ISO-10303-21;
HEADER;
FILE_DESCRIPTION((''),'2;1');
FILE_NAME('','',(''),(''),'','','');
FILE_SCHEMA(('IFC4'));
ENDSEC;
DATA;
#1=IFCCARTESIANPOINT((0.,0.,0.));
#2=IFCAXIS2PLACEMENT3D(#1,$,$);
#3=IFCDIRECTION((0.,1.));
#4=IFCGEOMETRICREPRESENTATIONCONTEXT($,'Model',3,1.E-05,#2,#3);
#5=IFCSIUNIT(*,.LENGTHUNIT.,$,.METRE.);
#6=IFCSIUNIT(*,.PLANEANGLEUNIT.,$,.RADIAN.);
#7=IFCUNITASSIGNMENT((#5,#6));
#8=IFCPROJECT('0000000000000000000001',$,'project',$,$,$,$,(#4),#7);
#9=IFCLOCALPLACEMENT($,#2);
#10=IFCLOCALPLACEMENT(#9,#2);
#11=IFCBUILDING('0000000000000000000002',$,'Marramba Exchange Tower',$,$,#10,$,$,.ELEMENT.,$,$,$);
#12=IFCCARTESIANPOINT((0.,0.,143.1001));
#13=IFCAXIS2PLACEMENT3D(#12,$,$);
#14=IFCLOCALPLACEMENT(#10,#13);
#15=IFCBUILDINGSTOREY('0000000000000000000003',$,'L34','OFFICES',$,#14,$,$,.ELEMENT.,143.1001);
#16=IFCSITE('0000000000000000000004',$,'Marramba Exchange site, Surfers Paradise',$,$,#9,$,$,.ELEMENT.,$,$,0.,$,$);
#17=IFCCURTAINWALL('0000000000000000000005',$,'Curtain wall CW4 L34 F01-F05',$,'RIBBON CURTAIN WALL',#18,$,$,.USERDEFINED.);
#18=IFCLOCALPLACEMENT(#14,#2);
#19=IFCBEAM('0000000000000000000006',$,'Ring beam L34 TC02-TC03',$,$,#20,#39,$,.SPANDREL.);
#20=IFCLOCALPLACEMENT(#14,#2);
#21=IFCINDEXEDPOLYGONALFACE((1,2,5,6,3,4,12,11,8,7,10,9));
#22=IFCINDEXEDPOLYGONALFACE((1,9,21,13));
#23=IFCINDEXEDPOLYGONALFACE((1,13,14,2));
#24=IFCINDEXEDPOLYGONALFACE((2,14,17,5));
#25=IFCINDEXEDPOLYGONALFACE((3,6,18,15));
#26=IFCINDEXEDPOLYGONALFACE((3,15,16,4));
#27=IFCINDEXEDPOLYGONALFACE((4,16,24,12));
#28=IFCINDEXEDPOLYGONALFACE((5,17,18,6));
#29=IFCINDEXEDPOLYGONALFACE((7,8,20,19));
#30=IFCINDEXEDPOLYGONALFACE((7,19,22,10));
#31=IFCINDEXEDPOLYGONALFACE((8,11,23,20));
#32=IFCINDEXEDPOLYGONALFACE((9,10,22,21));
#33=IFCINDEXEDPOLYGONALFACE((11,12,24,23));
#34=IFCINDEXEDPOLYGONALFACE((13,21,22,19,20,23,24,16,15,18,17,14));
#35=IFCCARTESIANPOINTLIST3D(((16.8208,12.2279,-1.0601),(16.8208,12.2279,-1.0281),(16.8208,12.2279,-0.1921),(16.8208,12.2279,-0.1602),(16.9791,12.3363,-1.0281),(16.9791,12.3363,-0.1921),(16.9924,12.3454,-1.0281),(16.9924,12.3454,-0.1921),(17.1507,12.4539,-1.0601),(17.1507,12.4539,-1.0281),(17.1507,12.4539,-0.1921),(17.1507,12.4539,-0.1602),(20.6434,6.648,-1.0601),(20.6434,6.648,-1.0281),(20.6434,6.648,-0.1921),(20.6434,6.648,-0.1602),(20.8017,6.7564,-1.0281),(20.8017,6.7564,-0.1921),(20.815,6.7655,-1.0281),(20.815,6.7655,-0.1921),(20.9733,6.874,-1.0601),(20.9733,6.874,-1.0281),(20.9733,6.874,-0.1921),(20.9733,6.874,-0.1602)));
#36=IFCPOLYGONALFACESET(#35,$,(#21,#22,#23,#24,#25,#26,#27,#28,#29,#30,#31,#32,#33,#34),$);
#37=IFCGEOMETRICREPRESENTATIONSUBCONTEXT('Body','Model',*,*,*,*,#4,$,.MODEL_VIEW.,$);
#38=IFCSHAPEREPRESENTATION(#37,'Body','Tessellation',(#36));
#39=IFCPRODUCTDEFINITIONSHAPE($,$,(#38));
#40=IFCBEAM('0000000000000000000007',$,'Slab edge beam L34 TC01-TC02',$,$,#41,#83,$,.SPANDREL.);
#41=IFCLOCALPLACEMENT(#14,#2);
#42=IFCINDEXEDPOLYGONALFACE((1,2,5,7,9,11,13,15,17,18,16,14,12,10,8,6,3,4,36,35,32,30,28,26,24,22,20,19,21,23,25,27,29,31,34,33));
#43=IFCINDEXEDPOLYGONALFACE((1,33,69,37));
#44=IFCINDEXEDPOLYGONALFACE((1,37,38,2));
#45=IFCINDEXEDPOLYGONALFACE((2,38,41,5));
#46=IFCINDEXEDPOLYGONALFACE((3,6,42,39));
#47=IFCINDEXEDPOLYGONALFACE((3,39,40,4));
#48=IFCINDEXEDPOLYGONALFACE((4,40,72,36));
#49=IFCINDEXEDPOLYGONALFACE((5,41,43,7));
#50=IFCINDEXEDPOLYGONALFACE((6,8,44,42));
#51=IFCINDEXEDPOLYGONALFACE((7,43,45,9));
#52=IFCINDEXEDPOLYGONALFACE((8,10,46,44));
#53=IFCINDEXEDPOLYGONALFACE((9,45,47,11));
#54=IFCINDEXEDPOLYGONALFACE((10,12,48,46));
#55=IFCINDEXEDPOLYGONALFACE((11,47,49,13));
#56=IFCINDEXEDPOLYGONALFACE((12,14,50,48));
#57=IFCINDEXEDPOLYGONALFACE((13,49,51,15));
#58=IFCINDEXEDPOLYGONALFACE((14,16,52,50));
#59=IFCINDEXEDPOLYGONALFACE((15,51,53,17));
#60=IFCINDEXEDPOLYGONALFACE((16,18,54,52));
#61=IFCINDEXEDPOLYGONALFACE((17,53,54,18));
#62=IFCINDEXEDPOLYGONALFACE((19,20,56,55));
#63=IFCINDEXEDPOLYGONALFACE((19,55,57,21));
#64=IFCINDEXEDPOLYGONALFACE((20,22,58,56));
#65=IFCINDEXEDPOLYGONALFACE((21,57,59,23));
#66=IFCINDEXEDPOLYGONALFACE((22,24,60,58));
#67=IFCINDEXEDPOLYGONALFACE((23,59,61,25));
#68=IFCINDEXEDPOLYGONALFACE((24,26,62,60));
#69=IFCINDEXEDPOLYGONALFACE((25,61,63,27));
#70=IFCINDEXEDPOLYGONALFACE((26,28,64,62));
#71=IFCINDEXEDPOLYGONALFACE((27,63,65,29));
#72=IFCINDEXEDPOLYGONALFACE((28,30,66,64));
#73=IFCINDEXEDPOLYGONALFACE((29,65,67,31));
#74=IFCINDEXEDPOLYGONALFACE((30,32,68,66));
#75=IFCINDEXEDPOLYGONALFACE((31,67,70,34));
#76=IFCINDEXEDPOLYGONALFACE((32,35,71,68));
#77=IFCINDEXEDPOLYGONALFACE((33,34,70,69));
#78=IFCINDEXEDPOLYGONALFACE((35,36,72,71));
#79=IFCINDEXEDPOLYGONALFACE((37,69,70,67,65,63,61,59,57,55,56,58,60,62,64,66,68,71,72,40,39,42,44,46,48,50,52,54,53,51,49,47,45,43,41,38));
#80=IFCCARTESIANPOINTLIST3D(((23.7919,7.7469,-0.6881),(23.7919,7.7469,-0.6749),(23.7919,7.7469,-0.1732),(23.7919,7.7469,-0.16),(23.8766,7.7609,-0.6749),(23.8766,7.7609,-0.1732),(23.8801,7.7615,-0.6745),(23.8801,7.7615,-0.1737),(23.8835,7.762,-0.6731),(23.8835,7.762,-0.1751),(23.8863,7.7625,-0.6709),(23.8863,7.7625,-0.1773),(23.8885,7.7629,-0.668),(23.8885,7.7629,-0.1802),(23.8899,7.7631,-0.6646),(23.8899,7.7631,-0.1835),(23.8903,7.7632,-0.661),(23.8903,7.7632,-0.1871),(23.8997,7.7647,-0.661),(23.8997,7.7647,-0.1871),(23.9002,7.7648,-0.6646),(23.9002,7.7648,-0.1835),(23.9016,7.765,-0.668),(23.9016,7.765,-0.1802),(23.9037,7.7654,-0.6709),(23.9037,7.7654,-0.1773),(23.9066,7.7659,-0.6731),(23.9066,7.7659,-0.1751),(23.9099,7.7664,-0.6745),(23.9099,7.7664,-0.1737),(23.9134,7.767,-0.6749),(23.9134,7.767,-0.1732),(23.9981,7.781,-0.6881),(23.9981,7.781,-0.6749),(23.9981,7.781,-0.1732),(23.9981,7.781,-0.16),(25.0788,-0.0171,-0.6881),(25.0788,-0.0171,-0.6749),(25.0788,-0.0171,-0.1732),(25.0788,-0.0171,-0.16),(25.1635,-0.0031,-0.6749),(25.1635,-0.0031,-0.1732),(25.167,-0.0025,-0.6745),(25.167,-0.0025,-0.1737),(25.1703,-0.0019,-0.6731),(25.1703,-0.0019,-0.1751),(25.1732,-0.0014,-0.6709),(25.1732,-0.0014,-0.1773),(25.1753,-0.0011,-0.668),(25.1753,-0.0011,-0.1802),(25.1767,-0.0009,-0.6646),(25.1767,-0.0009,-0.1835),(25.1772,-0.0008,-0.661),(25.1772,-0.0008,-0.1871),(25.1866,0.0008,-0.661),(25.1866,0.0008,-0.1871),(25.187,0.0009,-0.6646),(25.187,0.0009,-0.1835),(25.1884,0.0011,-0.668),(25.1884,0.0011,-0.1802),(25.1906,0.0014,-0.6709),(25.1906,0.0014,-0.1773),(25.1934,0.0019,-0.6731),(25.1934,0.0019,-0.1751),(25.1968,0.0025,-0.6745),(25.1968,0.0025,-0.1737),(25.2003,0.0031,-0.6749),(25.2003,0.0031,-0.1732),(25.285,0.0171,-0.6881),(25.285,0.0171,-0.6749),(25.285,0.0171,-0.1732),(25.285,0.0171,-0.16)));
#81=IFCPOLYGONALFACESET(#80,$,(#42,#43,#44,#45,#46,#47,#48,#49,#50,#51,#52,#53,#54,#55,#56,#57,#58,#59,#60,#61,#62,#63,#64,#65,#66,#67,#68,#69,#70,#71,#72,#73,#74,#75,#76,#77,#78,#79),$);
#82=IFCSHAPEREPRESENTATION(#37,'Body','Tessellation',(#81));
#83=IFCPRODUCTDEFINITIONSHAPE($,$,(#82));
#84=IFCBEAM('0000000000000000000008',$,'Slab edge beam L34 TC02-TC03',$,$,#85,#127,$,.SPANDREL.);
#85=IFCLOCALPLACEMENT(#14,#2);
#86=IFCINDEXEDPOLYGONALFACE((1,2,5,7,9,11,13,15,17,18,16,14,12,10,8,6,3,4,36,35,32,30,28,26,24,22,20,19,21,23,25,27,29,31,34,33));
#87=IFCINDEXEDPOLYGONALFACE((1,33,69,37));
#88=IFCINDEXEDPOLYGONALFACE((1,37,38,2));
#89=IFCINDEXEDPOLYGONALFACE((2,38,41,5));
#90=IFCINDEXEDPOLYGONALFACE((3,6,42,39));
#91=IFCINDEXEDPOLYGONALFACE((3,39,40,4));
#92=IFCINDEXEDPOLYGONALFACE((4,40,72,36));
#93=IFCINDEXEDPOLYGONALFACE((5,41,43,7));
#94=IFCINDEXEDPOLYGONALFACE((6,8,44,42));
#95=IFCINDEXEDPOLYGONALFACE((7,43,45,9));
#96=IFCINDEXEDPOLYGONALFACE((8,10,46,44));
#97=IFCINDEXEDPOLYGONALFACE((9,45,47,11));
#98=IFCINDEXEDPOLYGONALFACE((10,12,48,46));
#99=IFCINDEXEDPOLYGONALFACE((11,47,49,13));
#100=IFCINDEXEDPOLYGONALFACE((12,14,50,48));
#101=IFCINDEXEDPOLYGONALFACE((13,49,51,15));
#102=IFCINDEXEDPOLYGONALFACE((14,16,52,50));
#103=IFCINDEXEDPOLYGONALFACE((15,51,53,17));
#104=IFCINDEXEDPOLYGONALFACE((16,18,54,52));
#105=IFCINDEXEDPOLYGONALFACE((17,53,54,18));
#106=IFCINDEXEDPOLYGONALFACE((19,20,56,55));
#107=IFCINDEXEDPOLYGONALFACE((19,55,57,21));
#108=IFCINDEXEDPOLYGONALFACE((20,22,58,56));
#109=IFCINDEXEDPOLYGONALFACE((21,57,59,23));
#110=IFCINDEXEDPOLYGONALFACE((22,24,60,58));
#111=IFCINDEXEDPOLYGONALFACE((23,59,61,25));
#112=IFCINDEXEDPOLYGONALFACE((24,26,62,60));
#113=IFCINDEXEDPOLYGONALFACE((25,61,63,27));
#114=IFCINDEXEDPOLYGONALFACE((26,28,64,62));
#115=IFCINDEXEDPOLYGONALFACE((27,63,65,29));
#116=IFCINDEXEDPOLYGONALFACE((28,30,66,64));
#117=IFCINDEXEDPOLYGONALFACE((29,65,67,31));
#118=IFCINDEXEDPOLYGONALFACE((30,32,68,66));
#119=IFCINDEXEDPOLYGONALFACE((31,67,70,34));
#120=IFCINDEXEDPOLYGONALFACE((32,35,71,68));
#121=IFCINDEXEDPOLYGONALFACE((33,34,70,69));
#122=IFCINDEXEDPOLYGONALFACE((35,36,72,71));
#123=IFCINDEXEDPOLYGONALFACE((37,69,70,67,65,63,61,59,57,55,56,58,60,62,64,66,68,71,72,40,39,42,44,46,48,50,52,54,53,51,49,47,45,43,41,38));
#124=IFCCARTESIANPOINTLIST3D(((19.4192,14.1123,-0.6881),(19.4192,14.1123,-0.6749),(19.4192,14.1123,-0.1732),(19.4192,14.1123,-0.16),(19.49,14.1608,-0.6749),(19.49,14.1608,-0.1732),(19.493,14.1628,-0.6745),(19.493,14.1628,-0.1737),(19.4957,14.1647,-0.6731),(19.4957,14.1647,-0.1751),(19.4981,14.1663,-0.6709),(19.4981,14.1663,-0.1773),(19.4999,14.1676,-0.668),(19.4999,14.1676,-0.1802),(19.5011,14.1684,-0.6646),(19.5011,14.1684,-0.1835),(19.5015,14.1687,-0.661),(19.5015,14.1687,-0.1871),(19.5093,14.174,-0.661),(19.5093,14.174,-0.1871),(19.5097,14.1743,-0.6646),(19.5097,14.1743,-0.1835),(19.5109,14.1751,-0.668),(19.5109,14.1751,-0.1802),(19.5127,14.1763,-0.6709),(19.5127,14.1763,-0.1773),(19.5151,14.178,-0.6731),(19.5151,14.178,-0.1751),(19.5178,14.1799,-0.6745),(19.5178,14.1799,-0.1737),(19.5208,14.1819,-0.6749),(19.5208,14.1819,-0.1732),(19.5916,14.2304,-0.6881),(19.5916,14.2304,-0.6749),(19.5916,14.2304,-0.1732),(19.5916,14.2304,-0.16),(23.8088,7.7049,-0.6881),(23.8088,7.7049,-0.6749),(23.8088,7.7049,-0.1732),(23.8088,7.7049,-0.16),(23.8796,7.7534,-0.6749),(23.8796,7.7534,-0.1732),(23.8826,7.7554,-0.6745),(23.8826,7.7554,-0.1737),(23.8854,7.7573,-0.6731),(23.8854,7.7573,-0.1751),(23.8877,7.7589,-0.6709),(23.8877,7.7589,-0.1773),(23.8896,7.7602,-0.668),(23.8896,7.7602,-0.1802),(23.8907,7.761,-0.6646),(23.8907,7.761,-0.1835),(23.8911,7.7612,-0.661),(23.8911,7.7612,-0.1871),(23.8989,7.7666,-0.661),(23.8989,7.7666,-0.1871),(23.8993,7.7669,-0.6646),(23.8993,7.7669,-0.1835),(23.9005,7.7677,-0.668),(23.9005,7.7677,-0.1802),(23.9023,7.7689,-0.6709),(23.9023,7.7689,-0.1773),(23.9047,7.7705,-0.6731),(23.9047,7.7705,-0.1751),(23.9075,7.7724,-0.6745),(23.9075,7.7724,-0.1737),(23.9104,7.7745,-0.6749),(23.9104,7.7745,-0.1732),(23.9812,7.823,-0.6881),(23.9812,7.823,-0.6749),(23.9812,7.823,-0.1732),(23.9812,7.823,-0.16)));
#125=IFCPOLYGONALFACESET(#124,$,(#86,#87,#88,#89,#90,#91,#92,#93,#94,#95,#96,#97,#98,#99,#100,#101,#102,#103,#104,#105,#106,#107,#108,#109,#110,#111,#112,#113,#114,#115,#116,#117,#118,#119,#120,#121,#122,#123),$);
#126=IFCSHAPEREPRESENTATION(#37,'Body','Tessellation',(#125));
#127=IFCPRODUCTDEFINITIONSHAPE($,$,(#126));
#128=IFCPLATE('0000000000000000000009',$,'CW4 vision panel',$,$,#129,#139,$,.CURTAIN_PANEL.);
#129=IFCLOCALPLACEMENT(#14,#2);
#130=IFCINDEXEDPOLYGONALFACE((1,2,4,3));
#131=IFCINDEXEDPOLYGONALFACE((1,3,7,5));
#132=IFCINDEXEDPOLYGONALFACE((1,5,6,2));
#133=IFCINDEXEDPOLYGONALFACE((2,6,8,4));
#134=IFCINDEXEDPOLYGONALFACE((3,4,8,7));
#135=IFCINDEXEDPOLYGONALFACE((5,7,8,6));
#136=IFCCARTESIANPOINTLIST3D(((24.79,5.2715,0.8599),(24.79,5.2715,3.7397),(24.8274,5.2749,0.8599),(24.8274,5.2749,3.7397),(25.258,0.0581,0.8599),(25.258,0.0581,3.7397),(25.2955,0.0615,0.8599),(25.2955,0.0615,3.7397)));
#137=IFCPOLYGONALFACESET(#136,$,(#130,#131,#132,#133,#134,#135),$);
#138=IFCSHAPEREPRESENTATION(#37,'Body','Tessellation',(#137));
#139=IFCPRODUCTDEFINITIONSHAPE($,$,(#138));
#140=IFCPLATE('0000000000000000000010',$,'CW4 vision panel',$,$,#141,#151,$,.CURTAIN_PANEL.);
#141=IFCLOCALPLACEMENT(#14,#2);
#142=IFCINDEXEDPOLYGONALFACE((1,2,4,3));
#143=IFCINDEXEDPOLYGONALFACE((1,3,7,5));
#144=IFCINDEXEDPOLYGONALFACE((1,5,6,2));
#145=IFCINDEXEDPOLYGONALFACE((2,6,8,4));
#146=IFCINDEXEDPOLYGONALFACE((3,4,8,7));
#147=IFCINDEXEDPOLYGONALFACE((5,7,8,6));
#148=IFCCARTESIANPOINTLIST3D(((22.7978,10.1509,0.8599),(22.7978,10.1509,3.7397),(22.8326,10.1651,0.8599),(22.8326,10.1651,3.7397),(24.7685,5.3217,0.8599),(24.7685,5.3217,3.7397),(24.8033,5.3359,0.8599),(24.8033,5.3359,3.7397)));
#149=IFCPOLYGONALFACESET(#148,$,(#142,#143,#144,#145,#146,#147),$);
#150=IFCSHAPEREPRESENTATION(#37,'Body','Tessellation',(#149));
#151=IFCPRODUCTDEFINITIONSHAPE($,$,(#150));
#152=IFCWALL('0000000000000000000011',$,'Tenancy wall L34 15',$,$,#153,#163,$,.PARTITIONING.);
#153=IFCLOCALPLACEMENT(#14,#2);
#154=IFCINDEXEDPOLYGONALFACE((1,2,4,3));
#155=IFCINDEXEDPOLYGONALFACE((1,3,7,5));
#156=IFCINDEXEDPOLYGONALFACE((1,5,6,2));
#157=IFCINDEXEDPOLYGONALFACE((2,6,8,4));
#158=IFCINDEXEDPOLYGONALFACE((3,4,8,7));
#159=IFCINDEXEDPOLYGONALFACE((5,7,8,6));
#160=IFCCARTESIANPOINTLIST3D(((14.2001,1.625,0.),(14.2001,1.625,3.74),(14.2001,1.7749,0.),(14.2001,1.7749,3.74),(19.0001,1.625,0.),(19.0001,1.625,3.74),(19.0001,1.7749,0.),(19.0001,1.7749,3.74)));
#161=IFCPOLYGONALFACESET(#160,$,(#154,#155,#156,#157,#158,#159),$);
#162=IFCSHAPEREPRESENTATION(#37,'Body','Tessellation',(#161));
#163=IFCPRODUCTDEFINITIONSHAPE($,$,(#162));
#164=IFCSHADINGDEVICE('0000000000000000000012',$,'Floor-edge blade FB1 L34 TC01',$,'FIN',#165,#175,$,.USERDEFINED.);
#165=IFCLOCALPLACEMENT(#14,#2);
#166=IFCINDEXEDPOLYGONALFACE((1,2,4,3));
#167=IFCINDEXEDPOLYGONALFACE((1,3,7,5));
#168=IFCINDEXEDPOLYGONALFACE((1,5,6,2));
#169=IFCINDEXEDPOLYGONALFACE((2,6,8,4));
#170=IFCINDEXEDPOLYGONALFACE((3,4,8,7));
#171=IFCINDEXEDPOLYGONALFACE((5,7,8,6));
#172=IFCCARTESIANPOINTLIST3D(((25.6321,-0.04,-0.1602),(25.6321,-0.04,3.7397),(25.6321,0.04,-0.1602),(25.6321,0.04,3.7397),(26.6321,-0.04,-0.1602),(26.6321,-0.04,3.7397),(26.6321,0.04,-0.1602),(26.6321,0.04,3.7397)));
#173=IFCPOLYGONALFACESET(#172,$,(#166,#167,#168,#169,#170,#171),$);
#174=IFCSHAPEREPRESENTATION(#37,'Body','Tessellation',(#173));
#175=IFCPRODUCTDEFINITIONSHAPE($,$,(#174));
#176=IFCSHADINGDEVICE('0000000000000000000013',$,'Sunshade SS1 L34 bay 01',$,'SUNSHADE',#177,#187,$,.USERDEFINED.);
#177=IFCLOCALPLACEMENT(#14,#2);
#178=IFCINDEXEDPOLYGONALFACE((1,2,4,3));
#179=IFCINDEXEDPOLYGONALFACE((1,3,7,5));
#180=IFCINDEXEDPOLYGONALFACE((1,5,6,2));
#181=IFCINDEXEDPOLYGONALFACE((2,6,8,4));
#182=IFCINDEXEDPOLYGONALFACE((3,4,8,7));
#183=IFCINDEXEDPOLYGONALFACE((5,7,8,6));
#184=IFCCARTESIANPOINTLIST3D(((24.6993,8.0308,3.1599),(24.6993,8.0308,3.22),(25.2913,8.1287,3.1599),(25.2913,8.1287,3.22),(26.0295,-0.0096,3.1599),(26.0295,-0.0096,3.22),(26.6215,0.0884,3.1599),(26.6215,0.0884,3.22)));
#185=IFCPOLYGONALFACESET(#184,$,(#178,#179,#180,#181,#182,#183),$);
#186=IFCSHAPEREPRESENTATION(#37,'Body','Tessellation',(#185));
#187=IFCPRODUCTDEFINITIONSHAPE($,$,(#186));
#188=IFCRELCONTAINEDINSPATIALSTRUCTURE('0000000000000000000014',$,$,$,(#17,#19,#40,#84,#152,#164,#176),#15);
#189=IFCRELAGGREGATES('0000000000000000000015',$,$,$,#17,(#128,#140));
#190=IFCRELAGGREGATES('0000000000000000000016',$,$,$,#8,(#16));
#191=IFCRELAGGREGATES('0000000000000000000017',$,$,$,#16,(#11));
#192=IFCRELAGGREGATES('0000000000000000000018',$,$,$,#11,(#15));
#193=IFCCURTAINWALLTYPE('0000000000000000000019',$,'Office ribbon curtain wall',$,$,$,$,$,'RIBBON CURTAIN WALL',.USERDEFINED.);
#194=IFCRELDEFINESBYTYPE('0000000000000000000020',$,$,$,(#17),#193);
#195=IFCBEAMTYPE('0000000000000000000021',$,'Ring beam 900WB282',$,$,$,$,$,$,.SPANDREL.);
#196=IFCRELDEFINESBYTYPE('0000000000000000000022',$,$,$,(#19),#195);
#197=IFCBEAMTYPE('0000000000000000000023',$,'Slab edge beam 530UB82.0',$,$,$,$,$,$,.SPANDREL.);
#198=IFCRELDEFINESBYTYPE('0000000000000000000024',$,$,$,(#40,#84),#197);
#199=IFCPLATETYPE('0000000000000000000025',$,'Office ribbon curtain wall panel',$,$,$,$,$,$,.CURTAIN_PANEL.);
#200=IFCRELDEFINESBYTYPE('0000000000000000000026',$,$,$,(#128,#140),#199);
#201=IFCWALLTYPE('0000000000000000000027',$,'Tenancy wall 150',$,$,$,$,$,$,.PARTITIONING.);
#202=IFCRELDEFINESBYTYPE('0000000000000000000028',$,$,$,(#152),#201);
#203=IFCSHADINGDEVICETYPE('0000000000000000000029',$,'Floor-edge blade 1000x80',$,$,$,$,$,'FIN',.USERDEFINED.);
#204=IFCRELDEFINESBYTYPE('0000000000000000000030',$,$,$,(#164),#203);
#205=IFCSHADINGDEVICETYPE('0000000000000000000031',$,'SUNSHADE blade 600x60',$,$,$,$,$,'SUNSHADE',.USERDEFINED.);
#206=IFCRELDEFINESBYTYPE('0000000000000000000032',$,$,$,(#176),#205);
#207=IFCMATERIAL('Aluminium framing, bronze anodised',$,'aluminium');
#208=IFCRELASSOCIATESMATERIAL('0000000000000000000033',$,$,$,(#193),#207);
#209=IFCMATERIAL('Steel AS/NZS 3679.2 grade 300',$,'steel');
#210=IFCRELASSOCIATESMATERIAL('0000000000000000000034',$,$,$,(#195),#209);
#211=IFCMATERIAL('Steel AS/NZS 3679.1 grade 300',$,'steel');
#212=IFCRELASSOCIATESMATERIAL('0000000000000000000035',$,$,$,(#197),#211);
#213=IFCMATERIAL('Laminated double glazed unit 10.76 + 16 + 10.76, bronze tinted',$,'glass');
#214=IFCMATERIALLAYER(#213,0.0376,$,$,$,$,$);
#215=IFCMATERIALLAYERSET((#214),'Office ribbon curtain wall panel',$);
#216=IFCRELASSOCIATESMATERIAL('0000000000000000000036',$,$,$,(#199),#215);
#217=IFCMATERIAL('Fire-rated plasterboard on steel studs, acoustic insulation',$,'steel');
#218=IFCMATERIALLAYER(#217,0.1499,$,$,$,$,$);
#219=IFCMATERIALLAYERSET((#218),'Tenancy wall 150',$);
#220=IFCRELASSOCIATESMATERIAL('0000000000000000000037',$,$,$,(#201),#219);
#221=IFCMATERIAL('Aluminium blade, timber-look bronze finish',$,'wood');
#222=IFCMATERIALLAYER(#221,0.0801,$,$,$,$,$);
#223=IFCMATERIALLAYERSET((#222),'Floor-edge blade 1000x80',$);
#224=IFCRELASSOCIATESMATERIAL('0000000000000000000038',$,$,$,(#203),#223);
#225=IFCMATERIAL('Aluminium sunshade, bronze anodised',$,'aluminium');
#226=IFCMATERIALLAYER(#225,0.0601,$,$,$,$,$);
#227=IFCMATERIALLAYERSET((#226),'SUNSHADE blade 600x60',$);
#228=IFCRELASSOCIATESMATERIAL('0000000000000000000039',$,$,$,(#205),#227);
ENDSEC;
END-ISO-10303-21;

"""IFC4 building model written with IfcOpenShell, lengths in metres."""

from ifc_helpers import new_model, si_unit, direction, frame, frame_2d, origin, origin_2d, place, context, subcontext, project, spatial, rectangle, i_section, extrude, material, layer, layer_set, material_profile, profile_set, type_object, element, aggregate, save


model = new_model("IFC4")

# Units and contexts
model_context = context("Model", 3, precision=1e-05, world=origin(), true_north=direction((0.0, 1.0)))
body_context = subcontext(model_context, "Body", "Model", "MODEL_VIEW")
ifc_project = project(units=[si_unit("LENGTHUNIT", "METRE"), si_unit("PLANEANGLEUNIT", "RADIAN")], contexts=[model_context])

# Site, building, storey
site_placement = place(None, origin())
site = spatial("IfcSite", under=ifc_project, at=site_placement, Name="Marramba Exchange site, Surfers Paradise", CompositionType="ELEMENT", RefElevation=0.0)
building_placement = place(site_placement, origin())
building = spatial("IfcBuilding", under=site, at=building_placement, Name="Marramba Exchange Tower", CompositionType="ELEMENT")
storey_placement = place(building_placement, frame((0.0, 0.0, 143.1001)))
storey = spatial("IfcBuildingStorey", under=building, at=storey_placement, Name="L34", Description="OFFICES", CompositionType="ELEMENT", Elevation=143.1001)

# Shared definitions
ifc_material_1 = material(Name="Steel AS/NZS 3679.2 grade 300", Category="steel")
ifc_material_2 = material(Name="Steel AS/NZS 3679.1 grade 300", Category="steel")

# Curtain wall
ifc_material_3 = material(Name="Aluminium framing, bronze anodised", Category="aluminium")
curtain_wall_type = type_object("IfcCurtainWallType", Name="Office ribbon curtain wall", ElementType="RIBBON CURTAIN WALL", PredefinedType="USERDEFINED", material=ifc_material_3)
curtain_wall_placement = place(storey_placement, origin())
curtain_wall = element("IfcCurtainWall", 1, at=curtain_wall_placement, inside=storey, type_object=curtain_wall_type, Name="Curtain wall CW4 L34 F01-F05", ObjectType="RIBBON CURTAIN WALL", PredefinedType="USERDEFINED")

# Beams
ifc_material_profile_1 = material_profile(ifc_material_1, i_section(OverallWidth=0.3999, OverallDepth=0.8999, WebThickness=0.0161, FlangeThickness=0.032, at=origin_2d()), Name="900WB282")
ifc_profile_set_1 = profile_set([ifc_material_profile_1], Name="Steel AS/NZS 3679.2 grade 300")
beam_type_1 = type_object("IfcBeamType", Name="Ring beam 900WB282", PredefinedType="SPANDREL", material=ifc_profile_set_1)
beam_1_placement = place(storey_placement, frame((20.8083, 6.761, -0.6101), z_axis=(-0.56516, 0.824981, 0.0), x_axis=(-0.824981, -0.56516, 0.0)))
element("IfcBeam", 2, at=beam_1_placement, inside=storey, type_object=beam_type_1, Name="Ring beam L34 TC02-TC03", PredefinedType="SPANDREL", context=body_context, shape_type="SweptSolid", body=[
    extrude(i_section(OverallWidth=0.3999, OverallDepth=0.8999, WebThickness=0.0161, FlangeThickness=0.032, at=origin_2d()), origin(), (0.0, 0.0, 1.0), 6.7637),
])
ifc_material_profile_2 = material_profile(ifc_material_2, i_section(OverallWidth=0.209, OverallDepth=0.5281, WebThickness=0.0095, FlangeThickness=0.0132, FilletRadius=0.0139, at=origin_2d()), Name="530UB82.0")
ifc_profile_set_2 = profile_set([ifc_material_profile_2], Name="Steel AS/NZS 3679.1 grade 300")
beam_type_2 = type_object("IfcBeamType", Name="Slab edge beam 530UB82.0", PredefinedType="SPANDREL", material=ifc_profile_set_2)
beam_2_placement = place(storey_placement, frame((25.1819, 0.0, -0.4241), z_axis=(-0.163519, 0.98654, 0.0), x_axis=(-0.98654, -0.163519, 0.0)))
element("IfcBeam", 3, at=beam_2_placement, inside=storey, type_object=beam_type_2, Name="Slab edge beam L34 TC01-TC02", PredefinedType="SPANDREL", context=body_context, shape_type="SweptSolid", body=[
    extrude(i_section(OverallWidth=0.209, OverallDepth=0.5281, WebThickness=0.0095, FlangeThickness=0.0132, FilletRadius=0.0139, at=origin_2d()), origin(), (0.0, 0.0, 1.0), 7.8699),
])
beam_3_placement = place(storey_placement, frame((23.895, 7.7639, -0.4241), z_axis=(-0.565174, 0.824972, 0.0), x_axis=(-0.824972, -0.565174, 0.0)))
element("IfcBeam", 4, at=beam_3_placement, inside=storey, type_object=beam_type_2, Name="Slab edge beam L34 TC02-TC03", PredefinedType="SPANDREL", context=body_context, shape_type="SweptSolid", body=[
    extrude(i_section(OverallWidth=0.209, OverallDepth=0.5281, WebThickness=0.0095, FlangeThickness=0.0132, FilletRadius=0.0139, at=origin_2d()), origin(), (0.0, 0.0, 1.0), 7.7668),
])

# Plates
ifc_material_4 = material(Name="Laminated double glazed unit 10.76 + 16 + 10.76, bronze tinted", Category="glass")
ifc_layer_1 = layer(ifc_material_4, 0.0376)
ifc_layer_set_1 = layer_set([ifc_layer_1], Name="Office ribbon curtain wall panel")
plate_type = type_object("IfcPlateType", Name="Office ribbon curtain wall panel", PredefinedType="CURTAIN_PANEL", material=ifc_layer_set_1)
plate_1_placement = place(storey_placement, frame((25.0427, 2.6665, 0.8599), z_axis=(0.0, 0.0, 1.0), x_axis=(-0.089413, 0.995995, 0.0)))
plate_1 = element("IfcPlate", 5, at=plate_1_placement, type_object=plate_type, Name="CW4 vision panel", PredefinedType="CURTAIN_PANEL", context=body_context, shape_type="SweptSolid", body=[
    extrude(rectangle(XDim=5.2344, YDim=0.0376, at=origin_2d()), origin(), (0.0, 0.0, 1.0), 2.8799),
])
plate_2_placement = place(storey_placement, frame((23.8005, 7.7434, 0.8599), z_axis=(0.0, 0.0, 1.0), x_axis=(-0.377821, 0.925879, 0.0)))
plate_2 = element("IfcPlate", 6, at=plate_2_placement, type_object=plate_type, Name="CW4 vision panel", PredefinedType="CURTAIN_PANEL", context=body_context, shape_type="SweptSolid", body=[
    extrude(rectangle(XDim=5.2158, YDim=0.0376, at=origin_2d()), origin(), (0.0, 0.0, 1.0), 2.8799),
])
aggregate(curtain_wall, [plate_1, plate_2])

# Wall
ifc_material_5 = material(Name="Fire-rated plasterboard on steel studs, acoustic insulation", Category="steel")
ifc_layer_2 = layer(ifc_material_5, 0.1499)
ifc_layer_set_2 = layer_set([ifc_layer_2], Name="Tenancy wall 150")
wall_type = type_object("IfcWallType", Name="Tenancy wall 150", PredefinedType="PARTITIONING", material=ifc_layer_set_2)
wall_placement = place(storey_placement, frame((19.0, 1.7, 0.0), z_axis=(0.0, 0.0, 1.0), x_axis=(-1.0, 0.0, 0.0)))
element("IfcWall", 7, at=wall_placement, inside=storey, type_object=wall_type, Name="Tenancy wall L34 15", PredefinedType="PARTITIONING", context=body_context, shape_type="SweptSolid", body=[
    extrude(rectangle(XDim=4.8, YDim=0.1499, at=frame_2d((2.3999, 0.0))), origin(), (0.0, 0.0, 1.0), 3.74),
])

# Shading devices
ifc_material_6 = material(Name="Aluminium blade, timber-look bronze finish", Category="wood")
ifc_layer_3 = layer(ifc_material_6, 0.0801)
ifc_layer_set_3 = layer_set([ifc_layer_3], Name="Floor-edge blade 1000x80")
shading_device_type_1 = type_object("IfcShadingDeviceType", Name="Floor-edge blade 1000x80", ElementType="FIN", PredefinedType="USERDEFINED", material=ifc_layer_set_3)
shading_device_1_placement = place(storey_placement, frame((26.1321, 0.0, -0.1602), z_axis=(0.0, 0.0, 1.0), x_axis=(1.0, 0.0, 0.0)))
element("IfcShadingDevice", 8, at=shading_device_1_placement, inside=storey, type_object=shading_device_type_1, Name="Floor-edge blade FB1 L34 TC01", ObjectType="FIN", PredefinedType="USERDEFINED", context=body_context, shape_type="SweptSolid", body=[
    extrude(rectangle(XDim=1.0, YDim=0.0801, at=origin_2d()), origin(), (0.0, 0.0, 1.0), 3.8999),
])
ifc_material_7 = material(Name="Aluminium sunshade, bronze anodised", Category="aluminium")
ifc_layer_4 = layer(ifc_material_7, 0.0601)
ifc_layer_set_4 = layer_set([ifc_layer_4], Name="SUNSHADE blade 600x60")
shading_device_type_2 = type_object("IfcShadingDeviceType", Name="SUNSHADE blade 600x60", ElementType="SUNSHADE", PredefinedType="USERDEFINED", material=ifc_layer_set_4)
shading_device_2_placement = place(storey_placement, frame((25.6604, 4.0596, 3.1599), z_axis=(0.0, 0.0, 1.0), x_axis=(-0.163228, 0.986588, 0.0)))
element("IfcShadingDevice", 9, at=shading_device_2_placement, inside=storey, type_object=shading_device_type_2, Name="Sunshade SS1 L34 bay 01", ObjectType="SUNSHADE", PredefinedType="USERDEFINED", context=body_context, shape_type="SweptSolid", body=[
    extrude(rectangle(XDim=8.1497, YDim=0.6001, at=origin_2d()), origin(), (0.0, 0.0, 1.0), 0.0601),
])

save(model, "model.ifc")
